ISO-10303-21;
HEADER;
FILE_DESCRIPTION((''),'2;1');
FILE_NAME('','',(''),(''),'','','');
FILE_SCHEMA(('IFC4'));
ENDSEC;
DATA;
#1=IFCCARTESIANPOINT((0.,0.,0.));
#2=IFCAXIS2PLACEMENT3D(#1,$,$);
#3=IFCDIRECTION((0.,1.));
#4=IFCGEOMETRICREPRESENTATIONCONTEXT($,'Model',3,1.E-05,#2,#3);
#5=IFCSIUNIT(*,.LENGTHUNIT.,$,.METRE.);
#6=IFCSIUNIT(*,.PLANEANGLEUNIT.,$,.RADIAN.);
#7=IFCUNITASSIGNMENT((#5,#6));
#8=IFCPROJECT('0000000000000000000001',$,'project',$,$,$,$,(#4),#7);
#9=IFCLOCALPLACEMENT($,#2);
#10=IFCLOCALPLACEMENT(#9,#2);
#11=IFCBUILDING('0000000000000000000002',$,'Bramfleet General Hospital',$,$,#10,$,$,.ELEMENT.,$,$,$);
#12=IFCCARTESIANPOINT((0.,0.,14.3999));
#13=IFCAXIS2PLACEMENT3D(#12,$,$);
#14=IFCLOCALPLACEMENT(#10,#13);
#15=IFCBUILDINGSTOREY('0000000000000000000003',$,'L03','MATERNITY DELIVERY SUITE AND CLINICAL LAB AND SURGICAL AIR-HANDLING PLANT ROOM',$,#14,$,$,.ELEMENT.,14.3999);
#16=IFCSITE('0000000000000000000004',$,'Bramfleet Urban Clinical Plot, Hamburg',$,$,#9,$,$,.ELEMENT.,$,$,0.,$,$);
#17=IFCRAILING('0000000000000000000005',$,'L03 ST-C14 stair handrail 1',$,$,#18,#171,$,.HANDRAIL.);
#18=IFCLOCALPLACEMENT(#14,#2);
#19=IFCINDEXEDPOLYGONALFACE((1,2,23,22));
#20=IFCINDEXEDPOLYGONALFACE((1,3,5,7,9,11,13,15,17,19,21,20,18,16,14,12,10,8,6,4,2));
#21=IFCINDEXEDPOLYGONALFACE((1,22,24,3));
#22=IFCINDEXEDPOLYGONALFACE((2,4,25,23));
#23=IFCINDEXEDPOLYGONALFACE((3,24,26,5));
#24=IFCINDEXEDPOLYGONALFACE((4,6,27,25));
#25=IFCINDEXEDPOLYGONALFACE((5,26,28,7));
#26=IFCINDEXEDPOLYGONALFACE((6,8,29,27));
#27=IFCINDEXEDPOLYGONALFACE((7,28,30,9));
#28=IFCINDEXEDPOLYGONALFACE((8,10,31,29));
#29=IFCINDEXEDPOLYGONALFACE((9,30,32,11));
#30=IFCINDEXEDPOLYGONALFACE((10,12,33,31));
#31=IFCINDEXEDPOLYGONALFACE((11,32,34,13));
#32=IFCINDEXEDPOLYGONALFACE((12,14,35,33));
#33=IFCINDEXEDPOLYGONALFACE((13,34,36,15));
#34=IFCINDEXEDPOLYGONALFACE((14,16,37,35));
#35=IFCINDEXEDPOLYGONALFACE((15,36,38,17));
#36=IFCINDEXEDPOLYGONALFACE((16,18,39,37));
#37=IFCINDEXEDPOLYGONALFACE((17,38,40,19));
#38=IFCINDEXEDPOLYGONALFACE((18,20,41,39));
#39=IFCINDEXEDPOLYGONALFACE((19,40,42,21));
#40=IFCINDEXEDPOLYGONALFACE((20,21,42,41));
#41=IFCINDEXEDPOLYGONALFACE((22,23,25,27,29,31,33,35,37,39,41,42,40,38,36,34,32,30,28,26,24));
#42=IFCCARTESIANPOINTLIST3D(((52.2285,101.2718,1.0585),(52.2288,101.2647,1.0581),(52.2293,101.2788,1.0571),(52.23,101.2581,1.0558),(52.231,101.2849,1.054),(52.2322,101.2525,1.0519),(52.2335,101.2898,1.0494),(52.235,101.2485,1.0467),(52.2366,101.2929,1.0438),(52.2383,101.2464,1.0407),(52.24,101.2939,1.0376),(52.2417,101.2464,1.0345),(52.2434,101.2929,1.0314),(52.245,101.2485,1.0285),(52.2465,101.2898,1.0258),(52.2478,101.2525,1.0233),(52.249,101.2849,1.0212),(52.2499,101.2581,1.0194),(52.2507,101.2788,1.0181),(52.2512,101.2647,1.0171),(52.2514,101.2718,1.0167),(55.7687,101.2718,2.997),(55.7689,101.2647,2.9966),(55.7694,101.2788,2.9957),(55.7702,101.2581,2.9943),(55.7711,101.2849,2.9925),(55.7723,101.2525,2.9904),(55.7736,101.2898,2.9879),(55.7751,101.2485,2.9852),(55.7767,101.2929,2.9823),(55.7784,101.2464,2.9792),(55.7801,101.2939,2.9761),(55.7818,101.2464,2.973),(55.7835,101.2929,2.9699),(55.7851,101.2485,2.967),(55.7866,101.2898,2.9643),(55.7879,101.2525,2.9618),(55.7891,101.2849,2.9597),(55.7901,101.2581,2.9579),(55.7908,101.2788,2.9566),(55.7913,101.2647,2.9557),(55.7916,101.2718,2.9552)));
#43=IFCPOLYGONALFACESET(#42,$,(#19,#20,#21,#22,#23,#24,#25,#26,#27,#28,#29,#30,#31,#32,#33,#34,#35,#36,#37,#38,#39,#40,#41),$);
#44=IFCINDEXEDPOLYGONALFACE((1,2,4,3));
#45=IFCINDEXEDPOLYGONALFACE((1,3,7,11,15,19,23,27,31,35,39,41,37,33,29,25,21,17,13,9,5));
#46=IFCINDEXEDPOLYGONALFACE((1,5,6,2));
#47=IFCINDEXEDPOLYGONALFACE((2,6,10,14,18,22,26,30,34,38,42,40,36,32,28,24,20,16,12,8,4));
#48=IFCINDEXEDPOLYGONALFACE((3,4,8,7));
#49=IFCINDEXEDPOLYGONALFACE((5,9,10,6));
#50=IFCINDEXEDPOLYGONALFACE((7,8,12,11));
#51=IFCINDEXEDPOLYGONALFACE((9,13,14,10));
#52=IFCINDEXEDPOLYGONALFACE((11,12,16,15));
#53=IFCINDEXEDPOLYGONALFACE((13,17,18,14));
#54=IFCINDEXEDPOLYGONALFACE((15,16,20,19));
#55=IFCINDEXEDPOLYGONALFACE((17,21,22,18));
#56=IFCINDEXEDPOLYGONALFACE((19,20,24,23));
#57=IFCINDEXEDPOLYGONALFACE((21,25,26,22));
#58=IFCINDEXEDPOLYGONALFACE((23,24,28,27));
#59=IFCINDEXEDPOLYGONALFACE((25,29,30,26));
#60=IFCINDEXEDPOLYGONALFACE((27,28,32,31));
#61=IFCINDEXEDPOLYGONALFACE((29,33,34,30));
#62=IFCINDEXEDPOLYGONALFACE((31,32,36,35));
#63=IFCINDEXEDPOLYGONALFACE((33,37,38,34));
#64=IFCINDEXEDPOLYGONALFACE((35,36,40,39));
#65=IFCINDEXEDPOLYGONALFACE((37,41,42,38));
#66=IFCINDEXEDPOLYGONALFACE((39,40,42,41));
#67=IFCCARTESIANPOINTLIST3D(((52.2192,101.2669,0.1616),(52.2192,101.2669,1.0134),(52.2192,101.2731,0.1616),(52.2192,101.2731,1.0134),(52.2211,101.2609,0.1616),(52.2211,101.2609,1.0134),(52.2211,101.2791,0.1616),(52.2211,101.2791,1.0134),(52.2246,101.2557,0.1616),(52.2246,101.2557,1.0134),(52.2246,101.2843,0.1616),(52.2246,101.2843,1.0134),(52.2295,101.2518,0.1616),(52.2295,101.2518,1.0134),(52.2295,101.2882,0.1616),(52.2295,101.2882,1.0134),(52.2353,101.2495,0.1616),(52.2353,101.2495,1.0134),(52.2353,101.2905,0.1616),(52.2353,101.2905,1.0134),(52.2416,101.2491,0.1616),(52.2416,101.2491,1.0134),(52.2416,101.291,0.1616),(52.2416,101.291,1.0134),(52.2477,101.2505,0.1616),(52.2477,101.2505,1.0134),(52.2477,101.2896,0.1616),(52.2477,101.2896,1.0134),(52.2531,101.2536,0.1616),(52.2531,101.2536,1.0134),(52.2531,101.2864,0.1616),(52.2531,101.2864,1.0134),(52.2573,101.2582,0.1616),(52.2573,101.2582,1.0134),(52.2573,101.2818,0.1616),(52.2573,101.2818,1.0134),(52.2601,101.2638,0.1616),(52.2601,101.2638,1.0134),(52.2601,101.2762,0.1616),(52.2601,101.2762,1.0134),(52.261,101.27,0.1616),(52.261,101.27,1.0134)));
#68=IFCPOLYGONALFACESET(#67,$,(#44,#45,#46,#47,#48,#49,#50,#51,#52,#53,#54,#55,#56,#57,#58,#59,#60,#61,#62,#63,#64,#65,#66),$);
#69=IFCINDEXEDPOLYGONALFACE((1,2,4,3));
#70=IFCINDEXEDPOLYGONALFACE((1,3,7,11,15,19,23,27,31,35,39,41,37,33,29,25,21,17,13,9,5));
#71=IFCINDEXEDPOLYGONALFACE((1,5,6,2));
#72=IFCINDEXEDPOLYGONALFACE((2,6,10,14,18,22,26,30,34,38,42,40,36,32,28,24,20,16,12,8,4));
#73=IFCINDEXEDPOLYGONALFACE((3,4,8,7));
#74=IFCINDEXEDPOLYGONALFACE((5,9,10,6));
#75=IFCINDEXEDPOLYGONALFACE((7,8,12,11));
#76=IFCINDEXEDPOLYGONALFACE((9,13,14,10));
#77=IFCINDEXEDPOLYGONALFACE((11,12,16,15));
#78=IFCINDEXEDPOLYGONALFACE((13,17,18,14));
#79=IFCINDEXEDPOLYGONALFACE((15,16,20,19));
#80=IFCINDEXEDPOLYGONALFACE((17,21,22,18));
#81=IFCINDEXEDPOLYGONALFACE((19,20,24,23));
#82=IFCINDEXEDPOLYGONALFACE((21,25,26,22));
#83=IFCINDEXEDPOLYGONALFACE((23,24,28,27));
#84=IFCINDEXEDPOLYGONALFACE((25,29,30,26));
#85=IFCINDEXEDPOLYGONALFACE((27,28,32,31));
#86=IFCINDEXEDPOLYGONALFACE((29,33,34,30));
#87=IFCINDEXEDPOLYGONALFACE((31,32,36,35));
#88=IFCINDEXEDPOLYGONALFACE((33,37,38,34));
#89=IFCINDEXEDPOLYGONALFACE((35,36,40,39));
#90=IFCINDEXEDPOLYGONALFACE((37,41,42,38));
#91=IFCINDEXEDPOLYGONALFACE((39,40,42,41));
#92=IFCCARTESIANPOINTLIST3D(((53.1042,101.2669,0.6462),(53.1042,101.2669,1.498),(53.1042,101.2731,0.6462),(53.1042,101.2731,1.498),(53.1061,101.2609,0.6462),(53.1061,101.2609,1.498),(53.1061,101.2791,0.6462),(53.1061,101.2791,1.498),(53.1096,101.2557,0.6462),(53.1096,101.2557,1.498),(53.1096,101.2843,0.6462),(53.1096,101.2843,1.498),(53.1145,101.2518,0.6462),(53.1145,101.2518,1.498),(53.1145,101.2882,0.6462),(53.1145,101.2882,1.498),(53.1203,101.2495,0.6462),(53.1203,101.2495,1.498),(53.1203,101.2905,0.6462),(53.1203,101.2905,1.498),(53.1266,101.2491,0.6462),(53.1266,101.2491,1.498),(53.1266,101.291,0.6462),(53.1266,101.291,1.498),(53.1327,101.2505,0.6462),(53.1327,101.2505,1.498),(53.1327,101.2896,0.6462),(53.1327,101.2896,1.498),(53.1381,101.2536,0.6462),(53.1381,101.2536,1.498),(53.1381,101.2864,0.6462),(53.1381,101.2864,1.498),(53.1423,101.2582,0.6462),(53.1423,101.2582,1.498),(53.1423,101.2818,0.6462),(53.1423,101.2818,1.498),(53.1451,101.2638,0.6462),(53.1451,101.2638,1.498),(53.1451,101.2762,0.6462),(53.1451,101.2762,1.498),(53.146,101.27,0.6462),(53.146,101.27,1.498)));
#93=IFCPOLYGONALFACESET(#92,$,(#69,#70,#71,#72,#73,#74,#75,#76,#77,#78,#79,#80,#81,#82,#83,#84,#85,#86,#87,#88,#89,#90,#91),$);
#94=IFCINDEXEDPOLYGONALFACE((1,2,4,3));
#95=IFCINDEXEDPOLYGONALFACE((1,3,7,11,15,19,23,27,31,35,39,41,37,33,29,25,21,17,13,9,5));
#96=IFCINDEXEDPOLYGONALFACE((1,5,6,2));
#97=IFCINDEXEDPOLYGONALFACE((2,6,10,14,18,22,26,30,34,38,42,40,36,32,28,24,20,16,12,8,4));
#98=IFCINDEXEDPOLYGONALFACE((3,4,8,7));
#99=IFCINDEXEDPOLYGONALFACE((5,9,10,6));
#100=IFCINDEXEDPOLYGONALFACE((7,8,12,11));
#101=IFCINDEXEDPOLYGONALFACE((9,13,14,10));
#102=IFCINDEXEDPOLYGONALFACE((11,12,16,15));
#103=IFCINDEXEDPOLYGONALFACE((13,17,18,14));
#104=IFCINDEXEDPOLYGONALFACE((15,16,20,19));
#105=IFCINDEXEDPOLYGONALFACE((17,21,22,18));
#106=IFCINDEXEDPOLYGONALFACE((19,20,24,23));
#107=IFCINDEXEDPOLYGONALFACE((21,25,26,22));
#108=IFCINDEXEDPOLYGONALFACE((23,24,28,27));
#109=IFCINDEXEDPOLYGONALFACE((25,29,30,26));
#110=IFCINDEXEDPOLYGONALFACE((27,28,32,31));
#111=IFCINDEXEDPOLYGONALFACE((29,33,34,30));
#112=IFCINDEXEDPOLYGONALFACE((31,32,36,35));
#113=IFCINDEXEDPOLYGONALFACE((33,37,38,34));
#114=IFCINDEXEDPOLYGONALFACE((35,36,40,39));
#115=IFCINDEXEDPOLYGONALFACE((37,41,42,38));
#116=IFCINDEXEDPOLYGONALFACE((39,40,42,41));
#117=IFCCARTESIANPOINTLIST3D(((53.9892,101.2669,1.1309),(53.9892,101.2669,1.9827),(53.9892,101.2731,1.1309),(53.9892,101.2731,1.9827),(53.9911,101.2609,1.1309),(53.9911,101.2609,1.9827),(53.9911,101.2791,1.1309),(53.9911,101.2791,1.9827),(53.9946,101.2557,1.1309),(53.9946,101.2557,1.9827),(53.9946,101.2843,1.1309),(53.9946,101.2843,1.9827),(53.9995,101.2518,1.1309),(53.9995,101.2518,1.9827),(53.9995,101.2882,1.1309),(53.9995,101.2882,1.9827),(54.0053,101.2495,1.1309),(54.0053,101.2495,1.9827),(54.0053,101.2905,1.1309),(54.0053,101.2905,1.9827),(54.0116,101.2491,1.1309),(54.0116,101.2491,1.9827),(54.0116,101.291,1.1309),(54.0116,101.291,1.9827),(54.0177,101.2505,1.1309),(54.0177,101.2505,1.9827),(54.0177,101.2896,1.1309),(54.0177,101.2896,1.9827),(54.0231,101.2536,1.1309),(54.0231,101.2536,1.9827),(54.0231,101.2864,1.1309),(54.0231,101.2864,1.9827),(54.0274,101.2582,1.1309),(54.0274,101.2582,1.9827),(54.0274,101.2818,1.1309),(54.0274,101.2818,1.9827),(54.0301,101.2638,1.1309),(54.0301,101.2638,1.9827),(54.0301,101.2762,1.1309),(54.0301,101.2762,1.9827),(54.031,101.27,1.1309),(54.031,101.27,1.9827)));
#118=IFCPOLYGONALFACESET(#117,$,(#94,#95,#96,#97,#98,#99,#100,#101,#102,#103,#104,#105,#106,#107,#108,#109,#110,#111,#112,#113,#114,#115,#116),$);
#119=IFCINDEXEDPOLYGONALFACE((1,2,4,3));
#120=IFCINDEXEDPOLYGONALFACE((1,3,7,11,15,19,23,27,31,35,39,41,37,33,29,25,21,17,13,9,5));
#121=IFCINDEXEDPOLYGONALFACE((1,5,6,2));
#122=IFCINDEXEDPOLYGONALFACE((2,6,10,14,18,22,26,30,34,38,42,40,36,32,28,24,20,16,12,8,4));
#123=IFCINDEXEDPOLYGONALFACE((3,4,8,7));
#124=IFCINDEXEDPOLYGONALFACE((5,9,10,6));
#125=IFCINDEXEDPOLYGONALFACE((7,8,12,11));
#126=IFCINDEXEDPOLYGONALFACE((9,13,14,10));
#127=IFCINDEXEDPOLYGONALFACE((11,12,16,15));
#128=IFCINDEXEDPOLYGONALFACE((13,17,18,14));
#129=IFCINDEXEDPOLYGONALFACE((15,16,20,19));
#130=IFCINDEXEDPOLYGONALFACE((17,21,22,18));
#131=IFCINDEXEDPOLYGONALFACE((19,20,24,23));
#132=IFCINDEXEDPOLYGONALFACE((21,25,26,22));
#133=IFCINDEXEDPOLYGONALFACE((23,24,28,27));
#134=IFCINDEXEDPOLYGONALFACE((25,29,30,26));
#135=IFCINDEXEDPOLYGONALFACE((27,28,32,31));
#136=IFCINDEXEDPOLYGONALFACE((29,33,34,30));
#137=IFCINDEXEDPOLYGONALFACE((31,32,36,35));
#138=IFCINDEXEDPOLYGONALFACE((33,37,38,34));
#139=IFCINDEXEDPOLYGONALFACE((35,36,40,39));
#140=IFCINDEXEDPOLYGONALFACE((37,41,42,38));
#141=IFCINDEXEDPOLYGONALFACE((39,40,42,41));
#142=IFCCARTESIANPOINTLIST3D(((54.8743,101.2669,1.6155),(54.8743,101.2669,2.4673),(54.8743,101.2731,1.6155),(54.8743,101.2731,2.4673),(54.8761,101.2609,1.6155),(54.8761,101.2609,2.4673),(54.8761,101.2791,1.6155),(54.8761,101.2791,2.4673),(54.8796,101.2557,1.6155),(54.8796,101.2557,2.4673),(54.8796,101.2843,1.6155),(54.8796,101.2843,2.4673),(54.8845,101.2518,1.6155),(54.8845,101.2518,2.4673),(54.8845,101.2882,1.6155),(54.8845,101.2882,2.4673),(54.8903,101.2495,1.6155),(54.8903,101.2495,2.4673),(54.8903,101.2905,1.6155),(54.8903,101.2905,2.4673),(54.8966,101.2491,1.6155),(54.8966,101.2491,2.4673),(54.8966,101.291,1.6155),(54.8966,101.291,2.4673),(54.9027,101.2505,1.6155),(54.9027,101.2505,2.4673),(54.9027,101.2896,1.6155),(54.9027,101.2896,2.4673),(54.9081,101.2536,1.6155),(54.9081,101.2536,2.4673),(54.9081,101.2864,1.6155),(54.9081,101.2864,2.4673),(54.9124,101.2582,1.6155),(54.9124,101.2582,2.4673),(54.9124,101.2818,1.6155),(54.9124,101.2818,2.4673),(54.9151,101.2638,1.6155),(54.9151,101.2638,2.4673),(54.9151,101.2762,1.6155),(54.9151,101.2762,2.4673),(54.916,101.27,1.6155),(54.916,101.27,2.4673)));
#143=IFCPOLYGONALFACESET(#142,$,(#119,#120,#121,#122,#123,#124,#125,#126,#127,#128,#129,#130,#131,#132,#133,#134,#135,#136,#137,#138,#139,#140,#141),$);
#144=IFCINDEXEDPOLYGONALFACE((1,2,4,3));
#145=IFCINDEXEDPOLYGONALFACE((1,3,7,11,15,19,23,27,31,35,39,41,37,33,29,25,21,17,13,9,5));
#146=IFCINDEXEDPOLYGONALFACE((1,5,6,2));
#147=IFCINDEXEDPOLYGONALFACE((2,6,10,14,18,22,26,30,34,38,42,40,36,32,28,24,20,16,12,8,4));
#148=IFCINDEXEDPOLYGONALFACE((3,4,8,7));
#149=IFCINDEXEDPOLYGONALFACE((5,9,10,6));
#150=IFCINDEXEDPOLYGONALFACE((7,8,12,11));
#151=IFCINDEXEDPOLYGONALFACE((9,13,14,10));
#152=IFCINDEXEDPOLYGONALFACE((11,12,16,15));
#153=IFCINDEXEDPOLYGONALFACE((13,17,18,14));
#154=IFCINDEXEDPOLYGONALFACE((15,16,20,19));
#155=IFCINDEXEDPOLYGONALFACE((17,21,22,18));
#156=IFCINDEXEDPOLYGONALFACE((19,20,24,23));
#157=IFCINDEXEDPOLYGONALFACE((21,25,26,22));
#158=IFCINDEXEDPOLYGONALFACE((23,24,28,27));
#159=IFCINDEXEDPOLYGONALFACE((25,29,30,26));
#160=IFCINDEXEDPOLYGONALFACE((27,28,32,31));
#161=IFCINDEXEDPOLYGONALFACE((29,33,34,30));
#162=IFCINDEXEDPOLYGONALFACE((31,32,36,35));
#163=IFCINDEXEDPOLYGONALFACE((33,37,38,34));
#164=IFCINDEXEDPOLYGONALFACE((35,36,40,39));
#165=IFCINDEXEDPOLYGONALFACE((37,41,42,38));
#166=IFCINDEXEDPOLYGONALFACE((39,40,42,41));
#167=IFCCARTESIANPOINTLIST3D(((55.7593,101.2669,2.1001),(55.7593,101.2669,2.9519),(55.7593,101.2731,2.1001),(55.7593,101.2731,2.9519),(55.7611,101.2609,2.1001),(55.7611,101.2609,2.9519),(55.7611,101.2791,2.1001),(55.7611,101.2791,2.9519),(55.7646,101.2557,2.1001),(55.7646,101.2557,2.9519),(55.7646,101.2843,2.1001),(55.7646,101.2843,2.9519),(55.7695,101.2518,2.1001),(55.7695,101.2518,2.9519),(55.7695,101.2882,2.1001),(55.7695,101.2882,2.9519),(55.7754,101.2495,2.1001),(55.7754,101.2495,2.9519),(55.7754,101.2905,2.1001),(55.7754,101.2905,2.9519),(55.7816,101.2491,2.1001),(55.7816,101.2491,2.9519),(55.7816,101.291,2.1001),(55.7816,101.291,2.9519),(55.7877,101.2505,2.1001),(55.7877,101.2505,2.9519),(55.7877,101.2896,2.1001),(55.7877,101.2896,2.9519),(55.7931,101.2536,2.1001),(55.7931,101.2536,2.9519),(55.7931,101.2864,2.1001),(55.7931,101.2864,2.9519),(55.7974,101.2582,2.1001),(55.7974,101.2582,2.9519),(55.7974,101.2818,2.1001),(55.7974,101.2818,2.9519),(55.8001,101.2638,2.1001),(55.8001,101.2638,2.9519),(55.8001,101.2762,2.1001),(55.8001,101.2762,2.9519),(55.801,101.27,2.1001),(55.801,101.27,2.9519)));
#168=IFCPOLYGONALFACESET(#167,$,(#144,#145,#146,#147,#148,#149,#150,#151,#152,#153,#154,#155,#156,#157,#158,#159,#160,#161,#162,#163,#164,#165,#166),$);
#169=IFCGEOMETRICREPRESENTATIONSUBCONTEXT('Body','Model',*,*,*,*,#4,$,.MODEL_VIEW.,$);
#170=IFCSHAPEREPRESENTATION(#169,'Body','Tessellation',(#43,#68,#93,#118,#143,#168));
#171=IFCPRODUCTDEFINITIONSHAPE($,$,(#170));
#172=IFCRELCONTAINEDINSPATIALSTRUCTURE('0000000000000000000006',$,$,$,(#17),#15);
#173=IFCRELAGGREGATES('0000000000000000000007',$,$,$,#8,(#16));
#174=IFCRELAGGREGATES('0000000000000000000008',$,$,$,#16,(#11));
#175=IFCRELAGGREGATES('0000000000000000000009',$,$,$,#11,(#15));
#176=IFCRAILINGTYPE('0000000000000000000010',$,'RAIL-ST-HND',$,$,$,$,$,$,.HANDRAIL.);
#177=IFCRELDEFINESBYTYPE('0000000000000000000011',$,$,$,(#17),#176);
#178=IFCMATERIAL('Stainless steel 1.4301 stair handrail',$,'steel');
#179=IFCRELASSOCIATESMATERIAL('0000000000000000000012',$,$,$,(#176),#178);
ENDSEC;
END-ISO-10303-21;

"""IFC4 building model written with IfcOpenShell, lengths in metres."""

from ifc_helpers import new_model, si_unit, direction, frame, origin, origin_2d, place, context, subcontext, project, spatial, circle, extrude, material, type_object, element, save


model = new_model("IFC4")

# Units and contexts
model_context = context("Model", 3, precision=1e-05, world=origin(), true_north=direction((0.0, 1.0)))
body_context = subcontext(model_context, "Body", "Model", "MODEL_VIEW")
ifc_project = project(units=[si_unit("LENGTHUNIT", "METRE"), si_unit("PLANEANGLEUNIT", "RADIAN")], contexts=[model_context])

# Site, building, storey
site_placement = place(None, origin())
site = spatial("IfcSite", under=ifc_project, at=site_placement, Name="Bramfleet Urban Clinical Plot, Hamburg", CompositionType="ELEMENT", RefElevation=0.0)
building_placement = place(site_placement, origin())
building = spatial("IfcBuilding", under=site, at=building_placement, Name="Bramfleet General Hospital", CompositionType="ELEMENT")
storey_placement = place(building_placement, frame((0.0, 0.0, 14.3999)))
storey = spatial("IfcBuildingStorey", under=building, at=storey_placement, Name="L03", Description="MATERNITY DELIVERY SUITE AND CLINICAL LAB AND SURGICAL AIR-HANDLING PLANT ROOM", CompositionType="ELEMENT", Elevation=14.3999)

# Railing
ifc_material_1 = material(Name="Stainless steel 1.4301 stair handrail", Category="steel")
railing_type = type_object("IfcRailingType", Name="RAIL-ST-HND", PredefinedType="HANDRAIL", material=ifc_material_1)
railing_placement = place(storey_placement, frame((52.24, 101.27, 0.1616)))
element("IfcRailing", 1, at=railing_placement, inside=storey, type_object=railing_type, Name="L03 ST-C14 stair handrail 1", PredefinedType="HANDRAIL", context=body_context, shape_type="SweptSolid", body=[
    extrude(circle(Radius=0.0239, at=origin_2d()), frame((0.0, 0.0, 0.876), z_axis=(0.877108, 0.0, 0.480292), x_axis=(0.0, 1.0, 0.0)), (0.0, 0.0, 1.0), 4.0361),
    extrude(circle(Radius=0.021, at=origin_2d()), origin(), (0.0, 0.0, 1.0), 0.8518),
    extrude(circle(Radius=0.021, at=origin_2d()), frame((0.885, 0.0, 0.4846)), (0.0, 0.0, 1.0), 0.8518),
    extrude(circle(Radius=0.021, at=origin_2d()), frame((1.77, 0.0, 0.9692)), (0.0, 0.0, 1.0), 0.8518),
    extrude(circle(Radius=0.021, at=origin_2d()), frame((2.655, 0.0, 1.4539)), (0.0, 0.0, 1.0), 0.8518),
    extrude(circle(Radius=0.021, at=origin_2d()), frame((3.54, 0.0, 1.9385)), (0.0, 0.0, 1.0), 0.8518),
])

save(model, "model.ifc")
